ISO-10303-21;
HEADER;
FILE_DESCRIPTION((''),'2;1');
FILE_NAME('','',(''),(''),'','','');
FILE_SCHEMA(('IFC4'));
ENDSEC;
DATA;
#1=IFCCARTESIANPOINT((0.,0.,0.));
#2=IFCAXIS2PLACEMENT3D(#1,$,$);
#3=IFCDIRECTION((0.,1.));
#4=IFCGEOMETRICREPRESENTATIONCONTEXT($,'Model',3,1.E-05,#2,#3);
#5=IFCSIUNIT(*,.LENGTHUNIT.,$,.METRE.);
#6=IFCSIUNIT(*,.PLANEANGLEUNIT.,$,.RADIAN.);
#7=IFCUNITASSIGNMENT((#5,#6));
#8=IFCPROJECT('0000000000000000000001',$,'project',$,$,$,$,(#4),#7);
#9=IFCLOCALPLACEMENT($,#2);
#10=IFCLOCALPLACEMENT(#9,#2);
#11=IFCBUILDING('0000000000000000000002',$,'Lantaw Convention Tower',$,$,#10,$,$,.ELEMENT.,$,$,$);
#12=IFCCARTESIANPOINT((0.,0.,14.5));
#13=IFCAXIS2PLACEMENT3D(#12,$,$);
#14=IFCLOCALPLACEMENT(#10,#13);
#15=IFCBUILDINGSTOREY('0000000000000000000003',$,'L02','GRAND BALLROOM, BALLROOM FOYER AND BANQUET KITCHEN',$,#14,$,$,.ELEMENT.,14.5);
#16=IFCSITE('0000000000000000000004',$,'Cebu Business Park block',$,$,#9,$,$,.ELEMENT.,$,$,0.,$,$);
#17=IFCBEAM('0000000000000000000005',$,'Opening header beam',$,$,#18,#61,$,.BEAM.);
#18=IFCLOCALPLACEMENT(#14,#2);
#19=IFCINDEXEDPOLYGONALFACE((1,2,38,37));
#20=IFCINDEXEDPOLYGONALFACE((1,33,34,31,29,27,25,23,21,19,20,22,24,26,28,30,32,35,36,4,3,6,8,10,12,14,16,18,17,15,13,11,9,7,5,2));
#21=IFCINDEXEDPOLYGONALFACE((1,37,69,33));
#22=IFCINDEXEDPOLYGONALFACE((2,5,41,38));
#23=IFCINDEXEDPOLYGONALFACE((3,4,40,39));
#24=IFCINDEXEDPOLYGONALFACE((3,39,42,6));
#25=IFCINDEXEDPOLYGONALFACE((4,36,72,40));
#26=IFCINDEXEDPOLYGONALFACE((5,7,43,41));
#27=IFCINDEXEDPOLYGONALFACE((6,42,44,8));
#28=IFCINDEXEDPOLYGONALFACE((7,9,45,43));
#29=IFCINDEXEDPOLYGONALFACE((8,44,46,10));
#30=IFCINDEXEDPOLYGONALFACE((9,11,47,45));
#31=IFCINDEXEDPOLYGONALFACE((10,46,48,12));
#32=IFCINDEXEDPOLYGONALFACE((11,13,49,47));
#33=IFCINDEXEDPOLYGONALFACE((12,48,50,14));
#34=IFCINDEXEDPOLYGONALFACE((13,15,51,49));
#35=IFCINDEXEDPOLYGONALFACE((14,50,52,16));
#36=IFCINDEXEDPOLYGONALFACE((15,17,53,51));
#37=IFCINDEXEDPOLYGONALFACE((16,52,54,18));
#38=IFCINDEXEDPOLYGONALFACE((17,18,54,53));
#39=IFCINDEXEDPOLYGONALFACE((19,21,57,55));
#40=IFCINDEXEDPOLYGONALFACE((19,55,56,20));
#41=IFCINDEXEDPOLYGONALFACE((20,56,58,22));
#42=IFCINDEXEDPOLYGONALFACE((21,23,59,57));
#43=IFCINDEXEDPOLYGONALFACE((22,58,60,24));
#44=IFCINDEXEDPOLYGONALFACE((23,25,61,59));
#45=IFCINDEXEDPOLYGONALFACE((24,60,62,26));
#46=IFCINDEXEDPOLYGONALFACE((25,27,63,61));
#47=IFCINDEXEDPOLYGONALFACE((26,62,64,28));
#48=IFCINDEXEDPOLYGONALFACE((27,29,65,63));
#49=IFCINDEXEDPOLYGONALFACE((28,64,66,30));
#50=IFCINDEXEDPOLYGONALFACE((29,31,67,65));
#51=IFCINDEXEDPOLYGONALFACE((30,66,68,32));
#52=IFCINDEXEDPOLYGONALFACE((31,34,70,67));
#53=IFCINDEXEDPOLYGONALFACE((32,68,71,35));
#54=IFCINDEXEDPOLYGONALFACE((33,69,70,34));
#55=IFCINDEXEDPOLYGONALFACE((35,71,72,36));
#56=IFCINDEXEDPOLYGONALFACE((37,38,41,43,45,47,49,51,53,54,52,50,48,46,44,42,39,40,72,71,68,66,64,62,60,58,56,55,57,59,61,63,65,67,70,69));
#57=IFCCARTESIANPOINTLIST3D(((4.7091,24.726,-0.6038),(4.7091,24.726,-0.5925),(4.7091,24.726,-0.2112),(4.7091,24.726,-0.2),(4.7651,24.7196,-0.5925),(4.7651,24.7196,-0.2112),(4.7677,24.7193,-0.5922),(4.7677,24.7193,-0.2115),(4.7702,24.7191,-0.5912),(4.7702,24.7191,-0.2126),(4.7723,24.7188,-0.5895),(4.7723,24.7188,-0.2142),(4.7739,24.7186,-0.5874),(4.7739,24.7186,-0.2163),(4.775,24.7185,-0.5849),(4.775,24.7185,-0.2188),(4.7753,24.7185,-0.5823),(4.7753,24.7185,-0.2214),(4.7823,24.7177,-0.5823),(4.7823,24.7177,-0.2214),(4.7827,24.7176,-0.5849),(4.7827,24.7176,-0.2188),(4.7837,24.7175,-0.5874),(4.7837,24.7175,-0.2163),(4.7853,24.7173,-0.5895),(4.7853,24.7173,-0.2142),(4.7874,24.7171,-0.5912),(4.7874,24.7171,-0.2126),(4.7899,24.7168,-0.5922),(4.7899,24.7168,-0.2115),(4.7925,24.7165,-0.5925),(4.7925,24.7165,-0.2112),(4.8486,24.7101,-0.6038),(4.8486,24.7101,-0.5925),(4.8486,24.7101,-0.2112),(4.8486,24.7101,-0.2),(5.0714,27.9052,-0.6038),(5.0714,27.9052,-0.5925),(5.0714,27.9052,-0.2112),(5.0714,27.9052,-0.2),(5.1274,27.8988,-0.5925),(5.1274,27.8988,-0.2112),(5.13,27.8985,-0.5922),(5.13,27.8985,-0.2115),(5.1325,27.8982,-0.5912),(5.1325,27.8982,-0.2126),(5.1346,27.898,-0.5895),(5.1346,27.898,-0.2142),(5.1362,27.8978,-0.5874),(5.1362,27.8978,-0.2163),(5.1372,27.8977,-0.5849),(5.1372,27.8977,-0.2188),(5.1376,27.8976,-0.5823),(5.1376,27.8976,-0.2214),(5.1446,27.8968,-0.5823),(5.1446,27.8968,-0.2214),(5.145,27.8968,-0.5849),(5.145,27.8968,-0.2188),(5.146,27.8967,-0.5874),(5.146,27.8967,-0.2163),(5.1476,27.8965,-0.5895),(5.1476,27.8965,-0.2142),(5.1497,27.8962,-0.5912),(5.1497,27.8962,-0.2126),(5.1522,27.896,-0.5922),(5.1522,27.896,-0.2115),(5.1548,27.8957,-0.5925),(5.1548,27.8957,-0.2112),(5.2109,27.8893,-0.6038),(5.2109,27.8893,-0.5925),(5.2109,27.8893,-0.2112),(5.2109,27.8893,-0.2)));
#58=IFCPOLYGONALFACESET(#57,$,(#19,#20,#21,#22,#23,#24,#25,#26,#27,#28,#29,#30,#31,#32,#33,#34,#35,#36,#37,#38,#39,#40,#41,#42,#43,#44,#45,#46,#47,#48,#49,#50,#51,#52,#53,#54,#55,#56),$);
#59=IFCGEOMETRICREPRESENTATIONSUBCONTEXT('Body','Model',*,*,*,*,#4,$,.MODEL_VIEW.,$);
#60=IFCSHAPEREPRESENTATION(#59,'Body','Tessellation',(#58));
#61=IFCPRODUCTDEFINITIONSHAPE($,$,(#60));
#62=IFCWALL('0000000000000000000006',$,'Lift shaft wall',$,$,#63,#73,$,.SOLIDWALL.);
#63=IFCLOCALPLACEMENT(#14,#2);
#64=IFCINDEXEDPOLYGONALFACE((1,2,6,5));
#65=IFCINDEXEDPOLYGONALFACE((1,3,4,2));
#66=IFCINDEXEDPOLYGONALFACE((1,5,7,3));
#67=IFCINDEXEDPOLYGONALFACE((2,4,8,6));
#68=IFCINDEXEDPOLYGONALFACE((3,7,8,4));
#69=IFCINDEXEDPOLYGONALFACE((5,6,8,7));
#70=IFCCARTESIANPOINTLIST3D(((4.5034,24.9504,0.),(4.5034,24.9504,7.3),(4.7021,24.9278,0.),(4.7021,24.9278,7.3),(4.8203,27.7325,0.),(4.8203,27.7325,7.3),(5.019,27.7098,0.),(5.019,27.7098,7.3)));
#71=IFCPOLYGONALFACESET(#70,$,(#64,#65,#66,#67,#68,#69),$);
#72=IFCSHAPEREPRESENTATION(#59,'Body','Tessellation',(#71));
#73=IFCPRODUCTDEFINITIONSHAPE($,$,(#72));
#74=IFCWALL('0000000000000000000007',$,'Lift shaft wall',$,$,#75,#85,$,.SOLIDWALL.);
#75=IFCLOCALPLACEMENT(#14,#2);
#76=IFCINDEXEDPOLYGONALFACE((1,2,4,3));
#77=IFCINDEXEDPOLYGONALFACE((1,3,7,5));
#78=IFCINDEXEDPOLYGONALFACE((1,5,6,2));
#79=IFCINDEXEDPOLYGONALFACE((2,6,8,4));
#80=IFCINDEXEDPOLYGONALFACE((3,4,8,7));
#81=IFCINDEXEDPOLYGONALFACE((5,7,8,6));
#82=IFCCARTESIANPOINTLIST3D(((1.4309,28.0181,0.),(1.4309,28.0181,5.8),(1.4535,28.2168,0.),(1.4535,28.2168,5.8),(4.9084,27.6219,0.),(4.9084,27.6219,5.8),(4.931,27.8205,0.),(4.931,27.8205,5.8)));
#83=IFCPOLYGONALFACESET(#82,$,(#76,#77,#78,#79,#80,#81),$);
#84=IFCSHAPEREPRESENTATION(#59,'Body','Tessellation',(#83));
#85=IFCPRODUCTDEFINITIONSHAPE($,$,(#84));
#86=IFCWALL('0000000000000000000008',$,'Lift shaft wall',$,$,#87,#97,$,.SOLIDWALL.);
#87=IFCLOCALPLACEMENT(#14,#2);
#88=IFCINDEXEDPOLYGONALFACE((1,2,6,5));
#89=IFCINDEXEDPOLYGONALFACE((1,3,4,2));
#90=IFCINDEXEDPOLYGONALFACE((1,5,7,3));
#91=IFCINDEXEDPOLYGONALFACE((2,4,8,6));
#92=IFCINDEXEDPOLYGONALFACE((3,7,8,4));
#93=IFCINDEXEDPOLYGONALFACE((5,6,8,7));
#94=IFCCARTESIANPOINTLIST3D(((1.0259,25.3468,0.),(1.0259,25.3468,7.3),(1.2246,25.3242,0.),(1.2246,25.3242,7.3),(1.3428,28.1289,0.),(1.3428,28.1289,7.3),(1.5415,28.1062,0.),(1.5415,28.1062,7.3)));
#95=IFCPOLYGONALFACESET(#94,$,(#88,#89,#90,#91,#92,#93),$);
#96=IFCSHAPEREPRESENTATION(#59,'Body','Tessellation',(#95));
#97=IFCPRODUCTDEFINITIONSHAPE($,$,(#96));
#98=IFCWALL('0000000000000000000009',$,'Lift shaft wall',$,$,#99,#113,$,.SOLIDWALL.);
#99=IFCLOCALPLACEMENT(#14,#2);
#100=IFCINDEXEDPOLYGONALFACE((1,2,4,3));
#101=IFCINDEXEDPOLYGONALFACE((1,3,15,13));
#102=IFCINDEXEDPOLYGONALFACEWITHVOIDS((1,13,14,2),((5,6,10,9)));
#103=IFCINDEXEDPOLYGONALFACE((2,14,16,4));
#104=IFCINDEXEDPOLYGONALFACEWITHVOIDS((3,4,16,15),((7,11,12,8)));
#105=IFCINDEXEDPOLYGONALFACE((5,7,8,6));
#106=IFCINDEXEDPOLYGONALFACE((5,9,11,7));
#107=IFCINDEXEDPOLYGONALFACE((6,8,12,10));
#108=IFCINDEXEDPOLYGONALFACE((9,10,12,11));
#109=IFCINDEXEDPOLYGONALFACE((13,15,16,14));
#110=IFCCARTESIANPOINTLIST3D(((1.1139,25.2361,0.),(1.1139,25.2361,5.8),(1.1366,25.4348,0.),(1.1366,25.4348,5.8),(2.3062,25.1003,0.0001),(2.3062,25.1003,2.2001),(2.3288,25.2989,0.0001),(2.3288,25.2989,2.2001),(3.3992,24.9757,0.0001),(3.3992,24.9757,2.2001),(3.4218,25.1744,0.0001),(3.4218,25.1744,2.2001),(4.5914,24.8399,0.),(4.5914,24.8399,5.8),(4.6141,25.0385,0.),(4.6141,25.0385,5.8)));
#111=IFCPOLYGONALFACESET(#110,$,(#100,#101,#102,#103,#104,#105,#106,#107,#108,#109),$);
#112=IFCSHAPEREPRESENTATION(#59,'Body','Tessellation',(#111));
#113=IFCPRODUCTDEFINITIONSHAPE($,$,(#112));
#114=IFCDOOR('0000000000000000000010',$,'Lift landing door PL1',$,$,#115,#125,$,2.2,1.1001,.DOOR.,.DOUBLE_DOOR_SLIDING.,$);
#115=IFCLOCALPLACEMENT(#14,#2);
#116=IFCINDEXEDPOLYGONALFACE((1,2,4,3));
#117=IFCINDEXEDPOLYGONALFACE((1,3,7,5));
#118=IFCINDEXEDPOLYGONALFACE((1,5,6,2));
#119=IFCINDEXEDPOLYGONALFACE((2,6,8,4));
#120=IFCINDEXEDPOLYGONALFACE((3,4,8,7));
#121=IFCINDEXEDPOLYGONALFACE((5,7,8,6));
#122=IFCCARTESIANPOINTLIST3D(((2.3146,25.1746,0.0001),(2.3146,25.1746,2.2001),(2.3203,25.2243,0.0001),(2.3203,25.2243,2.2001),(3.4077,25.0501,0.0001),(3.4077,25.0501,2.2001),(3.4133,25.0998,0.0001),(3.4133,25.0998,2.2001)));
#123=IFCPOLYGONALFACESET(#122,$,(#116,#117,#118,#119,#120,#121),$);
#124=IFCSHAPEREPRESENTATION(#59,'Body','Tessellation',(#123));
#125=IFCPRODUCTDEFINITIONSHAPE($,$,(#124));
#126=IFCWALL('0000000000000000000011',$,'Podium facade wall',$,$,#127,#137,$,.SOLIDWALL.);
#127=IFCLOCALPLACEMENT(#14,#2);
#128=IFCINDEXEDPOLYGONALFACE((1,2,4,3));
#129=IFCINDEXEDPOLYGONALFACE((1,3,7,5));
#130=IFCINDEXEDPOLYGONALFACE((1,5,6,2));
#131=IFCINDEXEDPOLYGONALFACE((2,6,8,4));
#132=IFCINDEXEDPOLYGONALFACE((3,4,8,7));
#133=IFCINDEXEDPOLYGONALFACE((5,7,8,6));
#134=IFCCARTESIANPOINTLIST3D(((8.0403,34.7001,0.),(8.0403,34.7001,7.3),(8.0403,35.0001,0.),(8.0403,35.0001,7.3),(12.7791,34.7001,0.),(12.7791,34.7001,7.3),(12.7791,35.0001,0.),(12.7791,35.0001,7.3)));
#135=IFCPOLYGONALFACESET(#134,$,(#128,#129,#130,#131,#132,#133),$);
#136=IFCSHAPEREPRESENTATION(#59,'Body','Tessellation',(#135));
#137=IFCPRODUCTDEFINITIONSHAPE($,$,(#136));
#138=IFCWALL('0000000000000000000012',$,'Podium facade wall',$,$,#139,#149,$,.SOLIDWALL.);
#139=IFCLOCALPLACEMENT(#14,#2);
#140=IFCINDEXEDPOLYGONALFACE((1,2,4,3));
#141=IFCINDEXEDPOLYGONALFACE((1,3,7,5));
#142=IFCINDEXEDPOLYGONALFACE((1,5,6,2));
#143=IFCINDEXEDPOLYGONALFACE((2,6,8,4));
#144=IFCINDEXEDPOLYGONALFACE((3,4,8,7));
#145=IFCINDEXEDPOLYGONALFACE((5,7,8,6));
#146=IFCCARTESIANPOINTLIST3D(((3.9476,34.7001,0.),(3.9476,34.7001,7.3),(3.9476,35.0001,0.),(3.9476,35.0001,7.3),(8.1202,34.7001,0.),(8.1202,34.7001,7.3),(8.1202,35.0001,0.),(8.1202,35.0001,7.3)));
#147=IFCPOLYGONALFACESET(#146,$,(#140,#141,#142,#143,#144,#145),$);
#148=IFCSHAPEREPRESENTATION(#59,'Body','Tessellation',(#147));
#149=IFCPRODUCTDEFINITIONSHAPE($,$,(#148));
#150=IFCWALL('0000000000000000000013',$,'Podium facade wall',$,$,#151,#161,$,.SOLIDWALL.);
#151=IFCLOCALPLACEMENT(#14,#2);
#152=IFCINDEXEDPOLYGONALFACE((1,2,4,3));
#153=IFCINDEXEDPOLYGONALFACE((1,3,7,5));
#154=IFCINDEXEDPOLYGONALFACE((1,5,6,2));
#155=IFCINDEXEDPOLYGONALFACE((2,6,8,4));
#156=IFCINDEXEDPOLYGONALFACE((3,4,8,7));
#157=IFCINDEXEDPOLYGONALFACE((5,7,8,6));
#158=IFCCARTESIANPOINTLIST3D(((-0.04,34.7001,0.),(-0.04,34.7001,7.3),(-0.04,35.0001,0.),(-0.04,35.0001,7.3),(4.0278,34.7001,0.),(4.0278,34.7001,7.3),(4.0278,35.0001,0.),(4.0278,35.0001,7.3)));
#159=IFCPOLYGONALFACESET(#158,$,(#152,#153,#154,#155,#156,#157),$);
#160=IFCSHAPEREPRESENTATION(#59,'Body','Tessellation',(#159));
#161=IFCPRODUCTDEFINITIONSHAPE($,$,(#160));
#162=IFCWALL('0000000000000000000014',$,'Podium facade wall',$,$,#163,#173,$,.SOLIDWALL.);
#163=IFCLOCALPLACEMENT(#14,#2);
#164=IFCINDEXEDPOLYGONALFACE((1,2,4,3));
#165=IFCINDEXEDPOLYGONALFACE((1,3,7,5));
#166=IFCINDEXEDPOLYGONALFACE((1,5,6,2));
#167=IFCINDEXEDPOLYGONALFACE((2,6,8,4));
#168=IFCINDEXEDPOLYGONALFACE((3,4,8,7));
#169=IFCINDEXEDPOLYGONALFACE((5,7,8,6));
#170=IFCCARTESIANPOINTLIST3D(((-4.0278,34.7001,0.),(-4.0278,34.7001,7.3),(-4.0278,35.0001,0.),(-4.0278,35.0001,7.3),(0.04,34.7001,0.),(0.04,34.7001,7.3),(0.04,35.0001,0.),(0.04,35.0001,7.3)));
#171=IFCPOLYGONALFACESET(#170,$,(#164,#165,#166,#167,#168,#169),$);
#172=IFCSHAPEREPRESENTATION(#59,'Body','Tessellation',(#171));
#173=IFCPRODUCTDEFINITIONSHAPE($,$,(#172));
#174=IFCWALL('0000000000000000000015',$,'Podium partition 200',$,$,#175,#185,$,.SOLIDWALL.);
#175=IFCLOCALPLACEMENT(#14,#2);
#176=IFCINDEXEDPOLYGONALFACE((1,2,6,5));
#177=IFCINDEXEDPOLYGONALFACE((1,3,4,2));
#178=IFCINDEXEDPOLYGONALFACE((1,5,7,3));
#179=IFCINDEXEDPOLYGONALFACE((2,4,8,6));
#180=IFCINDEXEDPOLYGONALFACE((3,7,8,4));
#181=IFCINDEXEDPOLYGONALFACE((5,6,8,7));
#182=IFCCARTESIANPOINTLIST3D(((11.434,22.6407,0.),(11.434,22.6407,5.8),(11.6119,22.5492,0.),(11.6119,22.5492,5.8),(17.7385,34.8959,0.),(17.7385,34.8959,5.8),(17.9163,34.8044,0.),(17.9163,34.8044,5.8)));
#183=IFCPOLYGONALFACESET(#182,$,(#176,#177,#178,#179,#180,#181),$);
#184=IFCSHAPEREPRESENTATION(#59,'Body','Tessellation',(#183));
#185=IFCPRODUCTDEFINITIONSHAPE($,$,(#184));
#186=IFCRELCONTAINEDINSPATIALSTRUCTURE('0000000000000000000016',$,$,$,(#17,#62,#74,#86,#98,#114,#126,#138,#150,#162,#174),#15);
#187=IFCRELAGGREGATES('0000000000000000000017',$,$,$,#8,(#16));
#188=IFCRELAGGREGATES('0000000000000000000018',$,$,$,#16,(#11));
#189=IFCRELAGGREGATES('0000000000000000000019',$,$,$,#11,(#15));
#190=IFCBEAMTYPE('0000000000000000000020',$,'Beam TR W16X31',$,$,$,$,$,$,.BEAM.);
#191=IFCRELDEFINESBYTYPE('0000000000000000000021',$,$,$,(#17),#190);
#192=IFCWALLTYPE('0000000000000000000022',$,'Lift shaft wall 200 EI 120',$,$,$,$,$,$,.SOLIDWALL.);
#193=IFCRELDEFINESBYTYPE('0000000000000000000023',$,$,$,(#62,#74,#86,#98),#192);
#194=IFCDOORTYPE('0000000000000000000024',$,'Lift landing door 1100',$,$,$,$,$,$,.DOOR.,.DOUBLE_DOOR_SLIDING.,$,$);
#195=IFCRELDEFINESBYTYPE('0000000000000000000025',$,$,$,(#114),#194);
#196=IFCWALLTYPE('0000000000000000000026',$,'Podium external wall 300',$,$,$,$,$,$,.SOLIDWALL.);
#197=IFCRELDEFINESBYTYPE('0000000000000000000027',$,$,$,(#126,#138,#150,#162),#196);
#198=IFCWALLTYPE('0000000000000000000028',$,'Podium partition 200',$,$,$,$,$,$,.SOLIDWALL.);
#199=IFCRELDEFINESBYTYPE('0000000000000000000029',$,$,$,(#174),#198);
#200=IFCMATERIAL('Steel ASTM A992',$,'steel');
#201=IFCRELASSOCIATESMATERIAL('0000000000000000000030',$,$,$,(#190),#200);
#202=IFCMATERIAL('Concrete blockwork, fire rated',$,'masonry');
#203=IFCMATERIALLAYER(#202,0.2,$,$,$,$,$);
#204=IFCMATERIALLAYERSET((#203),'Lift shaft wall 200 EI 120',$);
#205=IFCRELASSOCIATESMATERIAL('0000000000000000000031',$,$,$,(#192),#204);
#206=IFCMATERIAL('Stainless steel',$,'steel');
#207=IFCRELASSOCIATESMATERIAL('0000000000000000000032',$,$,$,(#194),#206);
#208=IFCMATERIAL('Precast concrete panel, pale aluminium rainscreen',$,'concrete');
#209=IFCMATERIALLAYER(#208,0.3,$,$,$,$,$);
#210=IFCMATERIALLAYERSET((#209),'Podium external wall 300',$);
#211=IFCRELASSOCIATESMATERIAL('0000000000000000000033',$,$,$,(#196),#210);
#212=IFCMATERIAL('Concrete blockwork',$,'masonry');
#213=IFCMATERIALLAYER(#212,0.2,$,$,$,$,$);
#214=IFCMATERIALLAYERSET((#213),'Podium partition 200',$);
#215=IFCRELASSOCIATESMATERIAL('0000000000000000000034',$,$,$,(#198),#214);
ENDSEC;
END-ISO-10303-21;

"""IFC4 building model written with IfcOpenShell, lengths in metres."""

from ifc_helpers import new_model, si_unit, direction, frame, frame_2d, origin, origin_2d, place, context, subcontext, project, spatial, rectangle, i_section, extrude, material, layer, layer_set, material_profile, profile_set, type_object, element, fill, save


model = new_model("IFC4")

# Units and contexts
model_context = context("Model", 3, precision=1e-05, world=origin(), true_north=direction((0.0, 1.0)))
body_context = subcontext(model_context, "Body", "Model", "MODEL_VIEW")
ifc_project = project(units=[si_unit("LENGTHUNIT", "METRE"), si_unit("PLANEANGLEUNIT", "RADIAN")], contexts=[model_context])

# Site, building, storey
site_placement = place(None, origin())
site = spatial("IfcSite", under=ifc_project, at=site_placement, Name="Cebu Business Park block", CompositionType="ELEMENT", RefElevation=0.0)
building_placement = place(site_placement, origin())
building = spatial("IfcBuilding", under=site, at=building_placement, Name="Lantaw Convention Tower", CompositionType="ELEMENT")
storey_placement = place(building_placement, frame((0.0, 0.0, 14.5)))
storey = spatial("IfcBuildingStorey", under=building, at=storey_placement, Name="L02", Description="GRAND BALLROOM, BALLROOM FOYER AND BANQUET KITCHEN", CompositionType="ELEMENT", Elevation=14.5)

# Beam
ifc_material_1 = material(Name="Steel ASTM A992", Category="steel")
ifc_material_profile_1 = material_profile(ifc_material_1, i_section(OverallWidth=0.1404, OverallDepth=0.4038, WebThickness=0.0071, FlangeThickness=0.0112, FilletRadius=0.0103, at=origin_2d()), Name="W16X31")
ifc_profile_set_1 = profile_set([ifc_material_profile_1], Name="Steel ASTM A992")
beam_type_1 = type_object("IfcBeamType", Name="Beam TR W16X31", PredefinedType="BEAM", material=ifc_profile_set_1)
beam_1_placement = place(storey_placement, frame((5.1411, 27.8972, -0.4019), z_axis=(-0.113228, -0.993569, 0.0), x_axis=(0.993569, -0.113228, 0.0)))
element("IfcBeam", 1, at=beam_1_placement, inside=storey, type_object=beam_type_1, Name="Opening header beam", PredefinedType="BEAM", context=body_context, shape_type="SweptSolid", body=[
    extrude(i_section(OverallWidth=0.1404, OverallDepth=0.4038, WebThickness=0.0071, FlangeThickness=0.0112, FilletRadius=0.0103, at=origin_2d()), origin(), (0.0, 0.0, 1.0), 3.1997),
])

# Walls
ifc_material_2 = material(Name="Concrete blockwork, fire rated", Category="masonry")
ifc_layer_1 = layer(ifc_material_2, 0.2)
ifc_layer_set_1 = layer_set([ifc_layer_1], Name="Lift shaft wall 200 EI 120")
wall_type_1 = type_object("IfcWallType", Name="Lift shaft wall 200 EI 120", PredefinedType="SOLIDWALL", material=ifc_layer_set_1)
wall_1_placement = place(storey_placement, frame((4.6028, 24.9392, 0.0), z_axis=(0.0, 0.0, 1.0), x_axis=(0.113178, 0.993575, 0.0)))
element("IfcWall", 2, at=wall_1_placement, inside=storey, type_object=wall_type_1, Name="Lift shaft wall", PredefinedType="SOLIDWALL", context=body_context, shape_type="SweptSolid", body=[
    extrude(rectangle(XDim=2.8, YDim=0.2, at=frame_2d((1.3999, 0.0))), origin(), (0.0, 0.0, 1.0), 7.3),
])
wall_2_placement = place(storey_placement, frame((4.9197, 27.7212, 0.0), z_axis=(0.0, 0.0, 1.0), x_axis=(-0.993571, 0.11321, 0.0)))
element("IfcWall", 3, at=wall_2_placement, inside=storey, type_object=wall_type_1, Name="Lift shaft wall", PredefinedType="SOLIDWALL", context=body_context, shape_type="SweptSolid", body=[
    extrude(rectangle(XDim=3.5, YDim=0.2, at=frame_2d((1.75, 0.0))), origin(), (0.0, 0.0, 1.0), 5.8),
])
wall_3_placement = place(storey_placement, frame((1.4421, 28.1174, 0.0), z_axis=(0.0, 0.0, 1.0), x_axis=(-0.113178, -0.993575, 0.0)))
element("IfcWall", 4, at=wall_3_placement, inside=storey, type_object=wall_type_1, Name="Lift shaft wall", PredefinedType="SOLIDWALL", context=body_context, shape_type="SweptSolid", body=[
    extrude(rectangle(XDim=2.8, YDim=0.2, at=frame_2d((1.3999, 0.0))), origin(), (0.0, 0.0, 1.0), 7.3),
])

# Wall, opening, door
wall_4_placement = place(storey_placement, frame((1.1252, 25.3354, 0.0), z_axis=(0.0, 0.0, 1.0), x_axis=(0.993571, -0.11321, 0.0)))
wall_4 = element("IfcWall", 5, at=wall_4_placement, inside=storey, type_object=wall_type_1, Name="Lift shaft wall", PredefinedType="SOLIDWALL", context=body_context, shape_type="SweptSolid", body=[
    extrude(rectangle(XDim=3.5, YDim=0.2, at=frame_2d((1.75, 0.0))), origin(), (0.0, 0.0, 1.0), 5.8),
])
opening_1_placement = place(wall_4_placement, frame((1.2, 0.0, 0.0)))
opening_1 = element("IfcOpeningElement", 6, at=opening_1_placement, cuts=wall_4, PredefinedType="OPENING", context=body_context, shape_type="SweptSolid", body=[
    extrude(rectangle(XDim=1.1001, YDim=2.2, at=frame_2d((0.55, 1.1001))), frame((0.0, 0.1099, 0.0), z_axis=(0.0, -1.0, 0.0), x_axis=(1.0, 0.0, 0.0)), (0.0, 0.0, 1.0), 0.22),
])
ifc_material_3 = material(Name="Stainless steel", Category="steel")
door_type_1 = type_object("IfcDoorType", Name="Lift landing door 1100", OperationType="DOUBLE_DOOR_SLIDING", PredefinedType="DOOR", material=ifc_material_3)
door_1_placement = place(opening_1_placement, origin())
door_1 = element("IfcDoor", 7, at=door_1_placement, inside=storey, type_object=door_type_1, Name="Lift landing door PL1", OperationType="DOUBLE_DOOR_SLIDING", OverallHeight=2.2, OverallWidth=1.1001, PredefinedType="DOOR", context=body_context, shape_type="SweptSolid", body=[
    extrude(rectangle(XDim=1.1001, YDim=2.2, at=frame_2d((0.55, 1.1001))), frame((0.0, 0.0249, 0.0), z_axis=(0.0, -1.0, 0.0), x_axis=(1.0, 0.0, 0.0)), (0.0, 0.0, 1.0), 0.05),
])
fill(opening_1, door_1)

# Walls
ifc_material_4 = material(Name="Precast concrete panel, pale aluminium rainscreen", Category="concrete")
ifc_layer_2 = layer(ifc_material_4, 0.3)
ifc_layer_set_2 = layer_set([ifc_layer_2], Name="Podium external wall 300")
wall_type_2 = type_object("IfcWallType", Name="Podium external wall 300", PredefinedType="SOLIDWALL", material=ifc_layer_set_2)
wall_5_placement = place(storey_placement, frame((12.7791, 34.8501, 0.0), z_axis=(0.0, 0.0, 1.0), x_axis=(-1.0, 0.0, 0.0)))
element("IfcWall", 8, at=wall_5_placement, inside=storey, type_object=wall_type_2, Name="Podium facade wall", PredefinedType="SOLIDWALL", context=body_context, shape_type="SweptSolid", body=[
    extrude(rectangle(XDim=4.7388, YDim=0.3, at=frame_2d((2.3694, 0.0))), origin(), (0.0, 0.0, 1.0), 7.3),
])
wall_6_placement = place(storey_placement, frame((8.1204, 34.8501, 0.0), z_axis=(0.0, 0.0, 1.0), x_axis=(-1.0, 0.0, 0.0)))
element("IfcWall", 9, at=wall_6_placement, inside=storey, type_object=wall_type_2, Name="Podium facade wall", PredefinedType="SOLIDWALL", context=body_context, shape_type="SweptSolid", body=[
    extrude(rectangle(XDim=4.1726, YDim=0.3, at=frame_2d((2.0864, 0.0))), origin(), (0.0, 0.0, 1.0), 7.3),
])
for number, where, z_axis, x_axis, name in (
    (10, (4.0278, 34.8501, 0.0), (0.0, 0.0, 1.0), (-1.0, 0.0, 0.0), "Podium facade wall"),
    (11, (0.04, 34.8501, 0.0), (0.0, 0.0, 1.0), (-1.0, 0.0, 0.0), "Podium facade wall"),
):
    element("IfcWall", number, at=place(storey_placement, frame(where, z_axis=z_axis, x_axis=x_axis)), inside=storey, type_object=wall_type_2, Name=name, PredefinedType="SOLIDWALL", context=body_context, shape_type="SweptSolid", body=[
        extrude(rectangle(XDim=4.0679, YDim=0.3, at=frame_2d((2.0339, 0.0))), origin(), (0.0, 0.0, 1.0), 7.3),
    ])
ifc_material_5 = material(Name="Concrete blockwork", Category="masonry")
ifc_layer_3 = layer(ifc_material_5, 0.2)
ifc_layer_set_3 = layer_set([ifc_layer_3], Name="Podium partition 200")
wall_type_3 = type_object("IfcWallType", Name="Podium partition 200", PredefinedType="SOLIDWALL", material=ifc_layer_set_3)
wall_7_placement = place(storey_placement, frame((11.5229, 22.595, 0.0), z_axis=(0.0, 0.0, 1.0), x_axis=(0.457452, 0.889234, 0.0)))
element("IfcWall", 12, at=wall_7_placement, inside=storey, type_object=wall_type_3, Name="Podium partition 200", PredefinedType="SOLIDWALL", context=body_context, shape_type="SweptSolid", body=[
    extrude(rectangle(XDim=13.7817, YDim=0.2, at=frame_2d((6.8909, 0.0))), origin(), (0.0, 0.0, 1.0), 5.8),
])

save(model, "model.ifc")
